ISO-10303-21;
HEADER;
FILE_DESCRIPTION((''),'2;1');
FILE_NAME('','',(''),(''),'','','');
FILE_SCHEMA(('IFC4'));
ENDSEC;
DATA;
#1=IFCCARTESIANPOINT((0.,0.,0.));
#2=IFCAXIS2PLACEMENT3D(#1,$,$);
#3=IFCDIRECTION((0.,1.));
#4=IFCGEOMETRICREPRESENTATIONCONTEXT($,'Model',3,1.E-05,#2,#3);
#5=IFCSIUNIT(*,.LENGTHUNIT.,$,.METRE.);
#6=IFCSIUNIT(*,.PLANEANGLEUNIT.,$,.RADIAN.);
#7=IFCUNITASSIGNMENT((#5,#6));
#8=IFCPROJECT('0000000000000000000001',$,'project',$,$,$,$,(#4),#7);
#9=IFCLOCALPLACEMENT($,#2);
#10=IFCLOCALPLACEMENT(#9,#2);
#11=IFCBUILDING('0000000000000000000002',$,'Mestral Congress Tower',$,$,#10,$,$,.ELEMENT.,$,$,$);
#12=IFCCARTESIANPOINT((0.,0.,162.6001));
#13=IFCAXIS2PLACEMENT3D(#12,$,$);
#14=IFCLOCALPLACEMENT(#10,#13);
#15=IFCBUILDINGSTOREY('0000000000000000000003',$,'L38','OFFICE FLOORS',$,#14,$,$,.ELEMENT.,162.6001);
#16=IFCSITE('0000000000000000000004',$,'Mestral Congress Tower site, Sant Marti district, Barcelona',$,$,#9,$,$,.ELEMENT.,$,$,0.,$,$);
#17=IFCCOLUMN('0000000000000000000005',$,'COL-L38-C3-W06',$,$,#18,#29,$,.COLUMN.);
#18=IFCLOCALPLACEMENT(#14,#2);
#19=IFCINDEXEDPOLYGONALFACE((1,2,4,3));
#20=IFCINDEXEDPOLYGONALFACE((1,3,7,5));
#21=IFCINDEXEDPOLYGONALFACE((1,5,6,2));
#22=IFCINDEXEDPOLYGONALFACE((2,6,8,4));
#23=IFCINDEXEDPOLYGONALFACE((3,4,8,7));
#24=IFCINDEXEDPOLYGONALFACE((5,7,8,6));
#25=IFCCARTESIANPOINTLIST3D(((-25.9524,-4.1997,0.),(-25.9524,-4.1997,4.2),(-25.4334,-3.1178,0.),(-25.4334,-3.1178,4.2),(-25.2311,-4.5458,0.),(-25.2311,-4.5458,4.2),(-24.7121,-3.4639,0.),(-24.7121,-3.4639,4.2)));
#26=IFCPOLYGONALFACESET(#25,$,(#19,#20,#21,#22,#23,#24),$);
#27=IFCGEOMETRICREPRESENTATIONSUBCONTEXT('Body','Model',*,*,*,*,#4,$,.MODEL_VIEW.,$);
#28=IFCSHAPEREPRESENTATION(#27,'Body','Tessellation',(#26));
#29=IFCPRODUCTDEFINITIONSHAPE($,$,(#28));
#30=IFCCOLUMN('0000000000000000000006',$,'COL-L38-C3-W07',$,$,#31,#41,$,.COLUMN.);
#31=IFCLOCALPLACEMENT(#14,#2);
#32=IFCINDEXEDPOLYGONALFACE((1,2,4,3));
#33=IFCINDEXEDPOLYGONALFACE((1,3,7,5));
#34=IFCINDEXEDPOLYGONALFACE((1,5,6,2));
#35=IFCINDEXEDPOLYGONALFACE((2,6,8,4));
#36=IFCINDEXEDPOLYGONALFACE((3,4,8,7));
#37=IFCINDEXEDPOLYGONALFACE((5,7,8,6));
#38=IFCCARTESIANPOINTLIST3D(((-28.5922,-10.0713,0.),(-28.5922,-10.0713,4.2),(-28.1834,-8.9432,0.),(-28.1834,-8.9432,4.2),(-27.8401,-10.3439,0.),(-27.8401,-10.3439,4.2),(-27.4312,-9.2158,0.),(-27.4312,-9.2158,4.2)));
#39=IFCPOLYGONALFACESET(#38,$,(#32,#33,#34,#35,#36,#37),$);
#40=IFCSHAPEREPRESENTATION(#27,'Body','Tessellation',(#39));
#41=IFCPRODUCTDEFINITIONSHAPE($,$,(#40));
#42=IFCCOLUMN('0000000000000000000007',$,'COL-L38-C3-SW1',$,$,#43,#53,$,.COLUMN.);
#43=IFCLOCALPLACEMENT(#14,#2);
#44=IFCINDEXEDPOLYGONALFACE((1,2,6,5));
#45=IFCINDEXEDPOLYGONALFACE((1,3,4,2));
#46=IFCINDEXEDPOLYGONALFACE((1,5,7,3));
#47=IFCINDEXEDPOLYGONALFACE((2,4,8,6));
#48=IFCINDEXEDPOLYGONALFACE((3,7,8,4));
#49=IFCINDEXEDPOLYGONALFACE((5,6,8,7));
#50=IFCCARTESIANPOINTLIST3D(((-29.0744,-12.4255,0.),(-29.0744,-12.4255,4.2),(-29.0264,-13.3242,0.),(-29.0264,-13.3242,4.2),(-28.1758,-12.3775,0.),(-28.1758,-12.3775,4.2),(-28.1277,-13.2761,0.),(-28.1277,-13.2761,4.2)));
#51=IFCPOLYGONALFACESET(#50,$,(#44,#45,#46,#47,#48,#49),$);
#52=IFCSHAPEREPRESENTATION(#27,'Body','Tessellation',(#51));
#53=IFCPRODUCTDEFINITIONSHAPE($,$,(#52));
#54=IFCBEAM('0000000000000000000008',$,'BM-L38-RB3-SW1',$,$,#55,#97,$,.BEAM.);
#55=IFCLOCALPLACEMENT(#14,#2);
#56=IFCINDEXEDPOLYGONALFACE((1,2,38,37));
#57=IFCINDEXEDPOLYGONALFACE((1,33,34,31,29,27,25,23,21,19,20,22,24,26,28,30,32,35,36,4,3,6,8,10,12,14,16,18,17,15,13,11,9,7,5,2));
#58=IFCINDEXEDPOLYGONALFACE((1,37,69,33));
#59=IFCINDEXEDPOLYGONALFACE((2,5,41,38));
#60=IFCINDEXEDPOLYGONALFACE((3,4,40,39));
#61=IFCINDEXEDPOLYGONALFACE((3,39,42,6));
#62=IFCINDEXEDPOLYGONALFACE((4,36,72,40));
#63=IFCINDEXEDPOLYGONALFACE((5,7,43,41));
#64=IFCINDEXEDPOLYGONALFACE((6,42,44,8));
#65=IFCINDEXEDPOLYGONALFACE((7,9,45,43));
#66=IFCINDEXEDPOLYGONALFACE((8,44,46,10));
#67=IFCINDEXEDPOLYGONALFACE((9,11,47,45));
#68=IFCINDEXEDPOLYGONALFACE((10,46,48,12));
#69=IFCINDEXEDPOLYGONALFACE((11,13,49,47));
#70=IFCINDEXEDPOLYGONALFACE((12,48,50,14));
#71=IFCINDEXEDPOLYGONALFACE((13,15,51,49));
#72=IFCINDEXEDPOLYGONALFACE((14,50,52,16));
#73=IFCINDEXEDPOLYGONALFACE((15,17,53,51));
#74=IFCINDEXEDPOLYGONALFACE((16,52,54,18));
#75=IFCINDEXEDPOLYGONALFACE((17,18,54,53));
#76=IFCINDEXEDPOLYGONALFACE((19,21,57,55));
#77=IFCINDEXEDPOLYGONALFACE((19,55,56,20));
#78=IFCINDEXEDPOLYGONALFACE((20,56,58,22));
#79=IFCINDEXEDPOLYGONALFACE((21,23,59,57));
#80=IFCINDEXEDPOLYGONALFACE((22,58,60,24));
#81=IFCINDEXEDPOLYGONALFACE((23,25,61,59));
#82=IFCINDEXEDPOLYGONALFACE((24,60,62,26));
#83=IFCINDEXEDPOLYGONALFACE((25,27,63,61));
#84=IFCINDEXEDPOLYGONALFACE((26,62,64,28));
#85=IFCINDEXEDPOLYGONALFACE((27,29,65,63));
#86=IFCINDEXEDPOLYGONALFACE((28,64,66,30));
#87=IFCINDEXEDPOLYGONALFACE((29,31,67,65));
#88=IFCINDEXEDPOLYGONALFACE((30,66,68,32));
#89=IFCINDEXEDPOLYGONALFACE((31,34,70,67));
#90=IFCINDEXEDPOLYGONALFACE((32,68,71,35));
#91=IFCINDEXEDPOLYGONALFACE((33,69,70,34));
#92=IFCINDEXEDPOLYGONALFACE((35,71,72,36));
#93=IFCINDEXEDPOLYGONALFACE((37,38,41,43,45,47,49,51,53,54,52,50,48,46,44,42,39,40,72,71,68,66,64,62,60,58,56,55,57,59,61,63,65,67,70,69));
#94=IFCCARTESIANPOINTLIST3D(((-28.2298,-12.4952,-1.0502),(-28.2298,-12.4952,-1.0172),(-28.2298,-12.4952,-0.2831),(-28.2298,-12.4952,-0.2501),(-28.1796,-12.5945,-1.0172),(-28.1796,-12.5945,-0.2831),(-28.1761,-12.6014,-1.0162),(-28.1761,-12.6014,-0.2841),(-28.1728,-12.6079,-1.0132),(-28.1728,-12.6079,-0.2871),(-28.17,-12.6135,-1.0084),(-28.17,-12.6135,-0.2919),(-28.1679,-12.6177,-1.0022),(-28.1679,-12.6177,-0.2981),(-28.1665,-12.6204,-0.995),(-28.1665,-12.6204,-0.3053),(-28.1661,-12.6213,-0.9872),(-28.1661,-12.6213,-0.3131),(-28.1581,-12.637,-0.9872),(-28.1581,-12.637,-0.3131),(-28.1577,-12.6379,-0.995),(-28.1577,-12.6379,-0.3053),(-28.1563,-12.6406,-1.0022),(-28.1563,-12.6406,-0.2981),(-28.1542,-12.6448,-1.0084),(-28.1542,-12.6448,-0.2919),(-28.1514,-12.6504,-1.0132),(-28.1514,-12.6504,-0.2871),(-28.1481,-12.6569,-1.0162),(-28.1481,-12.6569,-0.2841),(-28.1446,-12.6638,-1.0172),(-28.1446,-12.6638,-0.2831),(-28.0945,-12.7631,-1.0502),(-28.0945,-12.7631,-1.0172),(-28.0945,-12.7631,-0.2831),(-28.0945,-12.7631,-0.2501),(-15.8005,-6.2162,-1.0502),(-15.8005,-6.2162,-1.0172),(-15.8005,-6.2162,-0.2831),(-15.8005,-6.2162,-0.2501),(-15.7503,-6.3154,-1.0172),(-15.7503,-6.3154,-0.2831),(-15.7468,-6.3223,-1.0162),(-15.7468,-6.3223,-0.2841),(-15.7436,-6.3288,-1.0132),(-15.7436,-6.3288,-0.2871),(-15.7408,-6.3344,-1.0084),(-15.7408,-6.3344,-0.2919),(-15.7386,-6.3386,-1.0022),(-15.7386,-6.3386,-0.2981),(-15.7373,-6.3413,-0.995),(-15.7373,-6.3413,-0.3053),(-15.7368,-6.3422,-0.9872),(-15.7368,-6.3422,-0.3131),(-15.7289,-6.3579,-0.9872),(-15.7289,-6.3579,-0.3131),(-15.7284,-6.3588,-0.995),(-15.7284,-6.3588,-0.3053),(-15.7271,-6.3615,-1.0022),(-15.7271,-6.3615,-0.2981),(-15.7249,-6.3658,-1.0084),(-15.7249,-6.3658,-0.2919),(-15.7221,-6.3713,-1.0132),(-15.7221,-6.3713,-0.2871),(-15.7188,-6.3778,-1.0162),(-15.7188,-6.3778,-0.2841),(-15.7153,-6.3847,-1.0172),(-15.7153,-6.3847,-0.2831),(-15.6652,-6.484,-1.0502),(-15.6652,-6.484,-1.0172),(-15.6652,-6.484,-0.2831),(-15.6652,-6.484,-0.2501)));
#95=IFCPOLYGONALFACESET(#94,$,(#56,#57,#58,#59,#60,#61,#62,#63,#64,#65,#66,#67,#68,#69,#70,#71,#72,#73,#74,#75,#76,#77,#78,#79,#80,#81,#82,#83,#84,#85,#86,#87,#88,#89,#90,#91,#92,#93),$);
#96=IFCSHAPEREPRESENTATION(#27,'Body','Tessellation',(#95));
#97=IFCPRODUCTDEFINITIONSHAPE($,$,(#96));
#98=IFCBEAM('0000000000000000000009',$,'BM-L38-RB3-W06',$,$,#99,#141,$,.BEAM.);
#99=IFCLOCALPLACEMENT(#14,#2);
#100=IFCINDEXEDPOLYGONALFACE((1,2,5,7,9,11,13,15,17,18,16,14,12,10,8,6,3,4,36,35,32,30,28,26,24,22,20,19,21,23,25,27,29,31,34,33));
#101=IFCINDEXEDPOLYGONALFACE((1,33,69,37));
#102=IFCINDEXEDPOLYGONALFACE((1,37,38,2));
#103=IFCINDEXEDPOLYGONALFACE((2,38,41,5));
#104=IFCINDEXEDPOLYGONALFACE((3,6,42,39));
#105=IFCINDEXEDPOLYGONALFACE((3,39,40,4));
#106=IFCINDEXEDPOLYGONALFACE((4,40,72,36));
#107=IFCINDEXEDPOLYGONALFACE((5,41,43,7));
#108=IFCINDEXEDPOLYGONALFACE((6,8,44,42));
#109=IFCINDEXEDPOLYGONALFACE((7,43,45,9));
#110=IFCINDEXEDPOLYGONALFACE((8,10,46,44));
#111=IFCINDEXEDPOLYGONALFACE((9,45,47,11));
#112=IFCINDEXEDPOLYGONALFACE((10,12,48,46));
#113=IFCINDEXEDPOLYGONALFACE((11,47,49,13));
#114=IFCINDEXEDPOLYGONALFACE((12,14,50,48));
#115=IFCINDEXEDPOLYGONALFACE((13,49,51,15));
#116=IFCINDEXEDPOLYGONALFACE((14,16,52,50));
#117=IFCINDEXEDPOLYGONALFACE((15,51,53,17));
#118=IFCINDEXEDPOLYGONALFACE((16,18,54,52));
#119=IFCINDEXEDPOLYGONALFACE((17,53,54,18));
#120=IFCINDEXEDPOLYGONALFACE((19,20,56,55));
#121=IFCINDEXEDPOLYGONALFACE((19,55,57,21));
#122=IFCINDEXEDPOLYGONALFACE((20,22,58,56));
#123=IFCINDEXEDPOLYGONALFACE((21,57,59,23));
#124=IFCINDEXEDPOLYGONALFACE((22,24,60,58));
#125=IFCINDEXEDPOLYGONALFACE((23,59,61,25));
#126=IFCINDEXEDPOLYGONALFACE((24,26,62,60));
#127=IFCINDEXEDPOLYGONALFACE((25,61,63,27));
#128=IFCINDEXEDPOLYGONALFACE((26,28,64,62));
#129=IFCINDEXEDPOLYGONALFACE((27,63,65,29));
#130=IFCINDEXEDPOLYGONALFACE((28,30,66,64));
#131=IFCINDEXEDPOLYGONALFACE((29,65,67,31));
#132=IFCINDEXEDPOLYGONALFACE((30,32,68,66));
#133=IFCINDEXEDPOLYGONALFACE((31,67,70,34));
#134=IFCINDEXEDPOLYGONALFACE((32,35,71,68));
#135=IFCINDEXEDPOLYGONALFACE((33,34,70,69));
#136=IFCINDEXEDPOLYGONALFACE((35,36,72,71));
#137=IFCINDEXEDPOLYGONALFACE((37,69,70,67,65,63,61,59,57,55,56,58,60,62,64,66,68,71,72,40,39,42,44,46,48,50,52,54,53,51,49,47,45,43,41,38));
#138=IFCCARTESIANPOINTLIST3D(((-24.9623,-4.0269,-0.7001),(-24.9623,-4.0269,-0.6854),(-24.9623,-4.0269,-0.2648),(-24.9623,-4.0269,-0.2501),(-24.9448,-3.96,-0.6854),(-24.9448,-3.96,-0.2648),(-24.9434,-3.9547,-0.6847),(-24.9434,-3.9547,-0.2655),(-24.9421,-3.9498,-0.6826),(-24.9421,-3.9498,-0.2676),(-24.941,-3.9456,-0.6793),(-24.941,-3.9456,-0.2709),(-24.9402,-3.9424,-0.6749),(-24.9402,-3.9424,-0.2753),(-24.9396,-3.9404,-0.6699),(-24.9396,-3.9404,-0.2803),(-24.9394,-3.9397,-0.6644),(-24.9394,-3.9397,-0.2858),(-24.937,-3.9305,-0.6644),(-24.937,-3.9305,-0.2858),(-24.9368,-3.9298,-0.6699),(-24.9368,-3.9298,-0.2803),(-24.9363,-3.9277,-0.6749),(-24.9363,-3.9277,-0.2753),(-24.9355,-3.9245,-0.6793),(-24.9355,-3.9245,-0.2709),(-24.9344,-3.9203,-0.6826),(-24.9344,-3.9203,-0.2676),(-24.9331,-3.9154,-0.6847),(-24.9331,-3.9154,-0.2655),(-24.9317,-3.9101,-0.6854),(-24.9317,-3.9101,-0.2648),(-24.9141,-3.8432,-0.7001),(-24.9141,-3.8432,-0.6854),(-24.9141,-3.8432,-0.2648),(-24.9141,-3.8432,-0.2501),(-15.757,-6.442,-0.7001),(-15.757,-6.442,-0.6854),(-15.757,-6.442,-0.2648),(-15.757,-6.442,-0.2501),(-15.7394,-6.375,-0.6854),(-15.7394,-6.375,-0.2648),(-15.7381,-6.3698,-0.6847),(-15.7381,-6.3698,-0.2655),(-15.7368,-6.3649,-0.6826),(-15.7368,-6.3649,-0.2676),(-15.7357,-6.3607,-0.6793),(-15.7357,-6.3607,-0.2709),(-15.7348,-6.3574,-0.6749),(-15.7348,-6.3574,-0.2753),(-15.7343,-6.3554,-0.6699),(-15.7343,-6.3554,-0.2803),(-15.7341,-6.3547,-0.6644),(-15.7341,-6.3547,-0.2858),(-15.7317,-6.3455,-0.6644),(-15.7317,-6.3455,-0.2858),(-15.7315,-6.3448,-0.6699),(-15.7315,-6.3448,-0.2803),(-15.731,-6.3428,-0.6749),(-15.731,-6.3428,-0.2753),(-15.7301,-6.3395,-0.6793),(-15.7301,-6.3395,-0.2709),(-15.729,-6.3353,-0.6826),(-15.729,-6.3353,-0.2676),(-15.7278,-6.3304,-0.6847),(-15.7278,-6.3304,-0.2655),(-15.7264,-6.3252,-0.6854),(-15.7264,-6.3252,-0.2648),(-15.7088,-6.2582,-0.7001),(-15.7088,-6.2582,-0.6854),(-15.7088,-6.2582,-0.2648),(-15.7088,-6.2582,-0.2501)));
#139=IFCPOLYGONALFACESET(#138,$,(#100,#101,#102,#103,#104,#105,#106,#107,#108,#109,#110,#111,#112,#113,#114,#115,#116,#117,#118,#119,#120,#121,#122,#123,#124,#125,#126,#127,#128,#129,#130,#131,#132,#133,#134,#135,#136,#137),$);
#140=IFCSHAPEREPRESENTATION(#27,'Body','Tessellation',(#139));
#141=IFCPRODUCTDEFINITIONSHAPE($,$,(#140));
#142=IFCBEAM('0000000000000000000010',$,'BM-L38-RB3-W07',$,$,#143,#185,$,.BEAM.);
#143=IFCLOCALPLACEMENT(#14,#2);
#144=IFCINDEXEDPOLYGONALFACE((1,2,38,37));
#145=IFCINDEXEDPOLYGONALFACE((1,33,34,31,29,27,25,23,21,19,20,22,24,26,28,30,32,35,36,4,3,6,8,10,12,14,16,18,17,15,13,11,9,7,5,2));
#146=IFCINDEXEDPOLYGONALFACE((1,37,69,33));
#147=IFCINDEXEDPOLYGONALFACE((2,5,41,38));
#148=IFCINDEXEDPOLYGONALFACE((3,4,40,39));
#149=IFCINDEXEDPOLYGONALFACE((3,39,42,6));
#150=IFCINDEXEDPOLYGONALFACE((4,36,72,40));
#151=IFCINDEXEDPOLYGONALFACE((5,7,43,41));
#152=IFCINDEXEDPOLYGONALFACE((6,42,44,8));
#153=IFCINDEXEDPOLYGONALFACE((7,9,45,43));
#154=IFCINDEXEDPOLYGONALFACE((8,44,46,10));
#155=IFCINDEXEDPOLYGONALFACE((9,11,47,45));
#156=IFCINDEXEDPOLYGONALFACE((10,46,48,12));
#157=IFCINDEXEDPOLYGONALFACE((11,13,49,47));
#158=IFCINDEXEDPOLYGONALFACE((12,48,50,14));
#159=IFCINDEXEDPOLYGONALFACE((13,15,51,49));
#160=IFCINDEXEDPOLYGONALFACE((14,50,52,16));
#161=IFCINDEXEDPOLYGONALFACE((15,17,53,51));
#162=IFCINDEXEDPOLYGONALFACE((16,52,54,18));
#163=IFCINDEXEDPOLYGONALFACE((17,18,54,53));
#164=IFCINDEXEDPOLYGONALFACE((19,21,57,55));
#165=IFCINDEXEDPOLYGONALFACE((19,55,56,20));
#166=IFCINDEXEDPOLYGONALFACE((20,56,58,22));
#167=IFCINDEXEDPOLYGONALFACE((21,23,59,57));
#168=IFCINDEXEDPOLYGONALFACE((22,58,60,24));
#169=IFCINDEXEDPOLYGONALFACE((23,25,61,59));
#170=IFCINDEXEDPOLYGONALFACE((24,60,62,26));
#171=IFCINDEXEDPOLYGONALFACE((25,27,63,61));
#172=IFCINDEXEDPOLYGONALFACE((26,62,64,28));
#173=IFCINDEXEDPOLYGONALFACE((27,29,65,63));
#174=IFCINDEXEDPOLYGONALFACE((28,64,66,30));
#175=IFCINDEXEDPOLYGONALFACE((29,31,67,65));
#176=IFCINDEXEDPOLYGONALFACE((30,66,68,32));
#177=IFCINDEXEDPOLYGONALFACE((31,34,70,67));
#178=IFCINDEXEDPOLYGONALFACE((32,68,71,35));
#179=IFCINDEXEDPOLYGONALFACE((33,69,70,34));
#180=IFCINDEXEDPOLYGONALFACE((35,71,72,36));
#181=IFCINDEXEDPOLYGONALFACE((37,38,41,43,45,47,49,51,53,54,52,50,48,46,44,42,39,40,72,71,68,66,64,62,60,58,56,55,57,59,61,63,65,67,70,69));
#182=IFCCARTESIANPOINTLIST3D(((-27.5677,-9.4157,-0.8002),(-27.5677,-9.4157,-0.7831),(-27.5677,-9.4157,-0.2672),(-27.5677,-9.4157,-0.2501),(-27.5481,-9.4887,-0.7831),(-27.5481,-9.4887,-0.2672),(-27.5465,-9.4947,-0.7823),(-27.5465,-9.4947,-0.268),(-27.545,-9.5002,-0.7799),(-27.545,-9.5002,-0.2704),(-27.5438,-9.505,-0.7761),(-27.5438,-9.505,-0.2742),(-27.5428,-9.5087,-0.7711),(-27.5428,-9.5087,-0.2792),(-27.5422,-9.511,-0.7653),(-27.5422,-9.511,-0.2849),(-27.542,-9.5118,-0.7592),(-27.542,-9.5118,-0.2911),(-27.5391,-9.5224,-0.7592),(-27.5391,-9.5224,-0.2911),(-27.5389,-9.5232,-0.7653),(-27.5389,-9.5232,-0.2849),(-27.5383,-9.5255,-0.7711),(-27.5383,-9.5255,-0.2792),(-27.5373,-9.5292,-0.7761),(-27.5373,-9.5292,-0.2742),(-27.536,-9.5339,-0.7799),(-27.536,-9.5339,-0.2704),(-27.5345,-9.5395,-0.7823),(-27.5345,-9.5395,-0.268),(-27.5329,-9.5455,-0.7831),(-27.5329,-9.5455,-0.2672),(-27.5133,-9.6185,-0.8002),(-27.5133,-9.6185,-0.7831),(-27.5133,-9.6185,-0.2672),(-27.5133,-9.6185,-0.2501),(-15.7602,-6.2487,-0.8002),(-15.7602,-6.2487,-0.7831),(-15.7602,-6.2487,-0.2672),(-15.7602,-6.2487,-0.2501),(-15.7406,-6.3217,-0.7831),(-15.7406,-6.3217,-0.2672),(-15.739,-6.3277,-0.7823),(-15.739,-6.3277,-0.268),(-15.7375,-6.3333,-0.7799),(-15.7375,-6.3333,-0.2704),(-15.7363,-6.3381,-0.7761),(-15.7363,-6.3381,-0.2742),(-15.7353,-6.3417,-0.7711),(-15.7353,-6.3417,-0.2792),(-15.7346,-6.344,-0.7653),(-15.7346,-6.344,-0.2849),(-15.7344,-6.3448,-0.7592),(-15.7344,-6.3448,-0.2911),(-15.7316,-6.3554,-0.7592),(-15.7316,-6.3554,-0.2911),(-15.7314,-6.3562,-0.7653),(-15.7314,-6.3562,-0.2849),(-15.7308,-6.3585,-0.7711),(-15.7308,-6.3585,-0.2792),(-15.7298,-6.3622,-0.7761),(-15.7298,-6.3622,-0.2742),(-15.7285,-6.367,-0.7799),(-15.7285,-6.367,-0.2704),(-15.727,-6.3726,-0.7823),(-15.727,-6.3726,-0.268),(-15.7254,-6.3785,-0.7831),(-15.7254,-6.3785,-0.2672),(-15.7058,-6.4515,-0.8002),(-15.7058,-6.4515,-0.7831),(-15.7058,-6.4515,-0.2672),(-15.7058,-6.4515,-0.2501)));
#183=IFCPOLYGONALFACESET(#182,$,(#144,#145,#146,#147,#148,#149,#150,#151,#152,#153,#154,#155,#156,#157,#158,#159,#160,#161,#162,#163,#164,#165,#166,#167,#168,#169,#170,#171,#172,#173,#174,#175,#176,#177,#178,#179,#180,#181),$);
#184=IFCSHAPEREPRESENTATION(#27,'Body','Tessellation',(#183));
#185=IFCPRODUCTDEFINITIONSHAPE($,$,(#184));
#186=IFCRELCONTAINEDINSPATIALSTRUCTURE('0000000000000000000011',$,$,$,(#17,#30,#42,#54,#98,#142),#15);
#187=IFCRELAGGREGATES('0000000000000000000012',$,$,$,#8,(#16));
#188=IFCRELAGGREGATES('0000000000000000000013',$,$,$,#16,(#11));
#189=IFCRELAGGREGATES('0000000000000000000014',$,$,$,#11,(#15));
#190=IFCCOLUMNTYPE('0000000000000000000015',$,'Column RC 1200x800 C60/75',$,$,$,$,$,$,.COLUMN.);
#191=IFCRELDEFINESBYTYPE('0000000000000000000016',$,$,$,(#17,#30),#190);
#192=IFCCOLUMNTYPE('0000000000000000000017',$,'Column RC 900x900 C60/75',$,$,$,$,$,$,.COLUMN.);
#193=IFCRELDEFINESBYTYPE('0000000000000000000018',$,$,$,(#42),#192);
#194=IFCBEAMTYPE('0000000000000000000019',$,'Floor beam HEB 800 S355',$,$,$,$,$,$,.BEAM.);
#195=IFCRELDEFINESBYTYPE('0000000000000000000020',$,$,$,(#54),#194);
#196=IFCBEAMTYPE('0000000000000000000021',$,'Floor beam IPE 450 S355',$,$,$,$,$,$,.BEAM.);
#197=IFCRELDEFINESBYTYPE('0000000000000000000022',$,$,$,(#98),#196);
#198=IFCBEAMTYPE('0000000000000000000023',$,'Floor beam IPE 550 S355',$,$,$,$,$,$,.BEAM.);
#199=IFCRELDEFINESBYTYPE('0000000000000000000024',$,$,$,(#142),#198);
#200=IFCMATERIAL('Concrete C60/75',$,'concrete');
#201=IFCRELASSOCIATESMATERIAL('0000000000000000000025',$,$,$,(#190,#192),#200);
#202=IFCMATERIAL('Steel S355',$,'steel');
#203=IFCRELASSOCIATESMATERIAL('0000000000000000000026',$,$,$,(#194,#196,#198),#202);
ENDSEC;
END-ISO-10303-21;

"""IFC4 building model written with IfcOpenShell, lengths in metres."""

from ifc_helpers import new_model, si_unit, direction, frame, origin, origin_2d, place, context, subcontext, project, spatial, rectangle, i_section, extrude, material, material_profile, profile_set, type_object, element, save


model = new_model("IFC4")

# Units and contexts
model_context = context("Model", 3, precision=1e-05, world=origin(), true_north=direction((0.0, 1.0)))
body_context = subcontext(model_context, "Body", "Model", "MODEL_VIEW")
ifc_project = project(units=[si_unit("LENGTHUNIT", "METRE"), si_unit("PLANEANGLEUNIT", "RADIAN")], contexts=[model_context])

# Site, building, storey
site_placement = place(None, origin())
site = spatial("IfcSite", under=ifc_project, at=site_placement, Name="Mestral Congress Tower site, Sant Marti district, Barcelona", CompositionType="ELEMENT", RefElevation=0.0)
building_placement = place(site_placement, origin())
building = spatial("IfcBuilding", under=site, at=building_placement, Name="Mestral Congress Tower", CompositionType="ELEMENT")
storey_placement = place(building_placement, frame((0.0, 0.0, 162.6001)))
storey = spatial("IfcBuildingStorey", under=building, at=storey_placement, Name="L38", Description="OFFICE FLOORS", CompositionType="ELEMENT", Elevation=162.6001)

# Columns
ifc_material_1 = material(Name="Concrete C60/75", Category="concrete")
ifc_material_profile_1 = material_profile(ifc_material_1, rectangle(XDim=1.2, YDim=0.8, at=origin_2d()), Name="RC 1200x800")
ifc_profile_set_1 = profile_set([ifc_material_profile_1], Name="Concrete C60/75")
column_type_1 = type_object("IfcColumnType", Name="Column RC 1200x800 C60/75", PredefinedType="COLUMN", material=ifc_profile_set_1)
for number, where, z_axis, x_axis, name in (
    (1, (-25.3323, -3.8318, 0.0), (0.0, 0.0, 1.0), (-0.432522, -0.901624, 0.0), "COL-L38-C3-W06"),
    (2, (-28.0117, -9.6436, 0.0), (0.0, 0.0, 1.0), (-0.340744, -0.940156, 0.0), "COL-L38-C3-W07"),
):
    element("IfcColumn", number, at=place(storey_placement, frame(where, z_axis=z_axis, x_axis=x_axis)), inside=storey, type_object=column_type_1, Name=name, PredefinedType="COLUMN", context=body_context, shape_type="SweptSolid", body=[
        extrude(rectangle(XDim=1.2, YDim=0.8, at=origin_2d()), origin(), (0.0, 0.0, 1.0), 4.2),
    ])
ifc_material_profile_2 = material_profile(ifc_material_1, rectangle(XDim=0.8999, YDim=0.8999, at=origin_2d()), Name="RC 900x900")
ifc_profile_set_2 = profile_set([ifc_material_profile_2], Name="Concrete C60/75")
column_type_2 = type_object("IfcColumnType", Name="Column RC 900x900 C60/75", PredefinedType="COLUMN", material=ifc_profile_set_2)
column_placement = place(storey_placement, frame((-28.6011, -12.8508, 0.0), z_axis=(0.0, 0.0, 1.0), x_axis=(0.053392, -0.998574, 0.0)))
element("IfcColumn", 3, at=column_placement, inside=storey, type_object=column_type_2, Name="COL-L38-C3-SW1", PredefinedType="COLUMN", context=body_context, shape_type="SweptSolid", body=[
    extrude(rectangle(XDim=0.8999, YDim=0.8999, at=origin_2d()), origin(), (0.0, 0.0, 1.0), 4.2),
])

# Beams
ifc_material_2 = material(Name="Steel S355", Category="steel")
ifc_material_profile_3 = material_profile(ifc_material_2, i_section(OverallWidth=0.3, OverallDepth=0.8, WebThickness=0.0176, FlangeThickness=0.033, FilletRadius=0.03, at=origin_2d()), Name="HEB 800")
ifc_profile_set_3 = profile_set([ifc_material_profile_3], Name="Steel S355")
beam_type_1 = type_object("IfcBeamType", Name="Floor beam HEB 800 S355", PredefinedType="BEAM", material=ifc_profile_set_3)
beam_1_placement = place(storey_placement, frame((-28.1621, -12.6292, -0.6501), z_axis=(0.892568, 0.450913, 0.0), x_axis=(-0.450913, 0.892568, 0.0)))
element("IfcBeam", 4, at=beam_1_placement, inside=storey, type_object=beam_type_1, Name="BM-L38-RB3-SW1", PredefinedType="BEAM", context=body_context, shape_type="SweptSolid", body=[
    extrude(i_section(OverallWidth=0.3, OverallDepth=0.8, WebThickness=0.0176, FlangeThickness=0.033, FilletRadius=0.03, at=origin_2d()), origin(), (0.0, 0.0, 1.0), 13.9253),
])
ifc_material_profile_4 = material_profile(ifc_material_2, i_section(OverallWidth=0.1899, OverallDepth=0.45, WebThickness=0.0095, FlangeThickness=0.0146, FilletRadius=0.021, at=origin_2d()), Name="IPE 450")
ifc_profile_set_4 = profile_set([ifc_material_profile_4], Name="Steel S355")
beam_type_2 = type_object("IfcBeamType", Name="Floor beam IPE 450 S355", PredefinedType="BEAM", material=ifc_profile_set_4)
beam_2_placement = place(storey_placement, frame((-24.9382, -3.9351, -0.4751), z_axis=(0.967266, -0.253765, 0.0), x_axis=(0.253765, 0.967266, 0.0)))
element("IfcBeam", 5, at=beam_2_placement, inside=storey, type_object=beam_type_2, Name="BM-L38-RB3-W06", PredefinedType="BEAM", context=body_context, shape_type="SweptSolid", body=[
    extrude(i_section(OverallWidth=0.1899, OverallDepth=0.45, WebThickness=0.0095, FlangeThickness=0.0146, FilletRadius=0.021, at=origin_2d()), origin(), (0.0, 0.0, 1.0), 9.5168),
])
ifc_material_profile_5 = material_profile(ifc_material_2, i_section(OverallWidth=0.21, OverallDepth=0.55, WebThickness=0.011, FlangeThickness=0.0171, FilletRadius=0.0239, at=origin_2d()), Name="IPE 550")
ifc_profile_set_5 = profile_set([ifc_material_profile_5], Name="Steel S355")
beam_type_3 = type_object("IfcBeamType", Name="Floor beam IPE 550 S355", PredefinedType="BEAM", material=ifc_profile_set_5)
beam_3_placement = place(storey_placement, frame((-27.5405, -9.5171, -0.5251), z_axis=(0.965861, 0.259059, 0.0), x_axis=(-0.259059, 0.965861, 0.0)))
element("IfcBeam", 6, at=beam_3_placement, inside=storey, type_object=beam_type_3, Name="BM-L38-RB3-W07", PredefinedType="BEAM", context=body_context, shape_type="SweptSolid", body=[
    extrude(i_section(OverallWidth=0.21, OverallDepth=0.55, WebThickness=0.011, FlangeThickness=0.0171, FilletRadius=0.0239, at=origin_2d()), origin(), (0.0, 0.0, 1.0), 12.2249),
])

save(model, "model.ifc")
